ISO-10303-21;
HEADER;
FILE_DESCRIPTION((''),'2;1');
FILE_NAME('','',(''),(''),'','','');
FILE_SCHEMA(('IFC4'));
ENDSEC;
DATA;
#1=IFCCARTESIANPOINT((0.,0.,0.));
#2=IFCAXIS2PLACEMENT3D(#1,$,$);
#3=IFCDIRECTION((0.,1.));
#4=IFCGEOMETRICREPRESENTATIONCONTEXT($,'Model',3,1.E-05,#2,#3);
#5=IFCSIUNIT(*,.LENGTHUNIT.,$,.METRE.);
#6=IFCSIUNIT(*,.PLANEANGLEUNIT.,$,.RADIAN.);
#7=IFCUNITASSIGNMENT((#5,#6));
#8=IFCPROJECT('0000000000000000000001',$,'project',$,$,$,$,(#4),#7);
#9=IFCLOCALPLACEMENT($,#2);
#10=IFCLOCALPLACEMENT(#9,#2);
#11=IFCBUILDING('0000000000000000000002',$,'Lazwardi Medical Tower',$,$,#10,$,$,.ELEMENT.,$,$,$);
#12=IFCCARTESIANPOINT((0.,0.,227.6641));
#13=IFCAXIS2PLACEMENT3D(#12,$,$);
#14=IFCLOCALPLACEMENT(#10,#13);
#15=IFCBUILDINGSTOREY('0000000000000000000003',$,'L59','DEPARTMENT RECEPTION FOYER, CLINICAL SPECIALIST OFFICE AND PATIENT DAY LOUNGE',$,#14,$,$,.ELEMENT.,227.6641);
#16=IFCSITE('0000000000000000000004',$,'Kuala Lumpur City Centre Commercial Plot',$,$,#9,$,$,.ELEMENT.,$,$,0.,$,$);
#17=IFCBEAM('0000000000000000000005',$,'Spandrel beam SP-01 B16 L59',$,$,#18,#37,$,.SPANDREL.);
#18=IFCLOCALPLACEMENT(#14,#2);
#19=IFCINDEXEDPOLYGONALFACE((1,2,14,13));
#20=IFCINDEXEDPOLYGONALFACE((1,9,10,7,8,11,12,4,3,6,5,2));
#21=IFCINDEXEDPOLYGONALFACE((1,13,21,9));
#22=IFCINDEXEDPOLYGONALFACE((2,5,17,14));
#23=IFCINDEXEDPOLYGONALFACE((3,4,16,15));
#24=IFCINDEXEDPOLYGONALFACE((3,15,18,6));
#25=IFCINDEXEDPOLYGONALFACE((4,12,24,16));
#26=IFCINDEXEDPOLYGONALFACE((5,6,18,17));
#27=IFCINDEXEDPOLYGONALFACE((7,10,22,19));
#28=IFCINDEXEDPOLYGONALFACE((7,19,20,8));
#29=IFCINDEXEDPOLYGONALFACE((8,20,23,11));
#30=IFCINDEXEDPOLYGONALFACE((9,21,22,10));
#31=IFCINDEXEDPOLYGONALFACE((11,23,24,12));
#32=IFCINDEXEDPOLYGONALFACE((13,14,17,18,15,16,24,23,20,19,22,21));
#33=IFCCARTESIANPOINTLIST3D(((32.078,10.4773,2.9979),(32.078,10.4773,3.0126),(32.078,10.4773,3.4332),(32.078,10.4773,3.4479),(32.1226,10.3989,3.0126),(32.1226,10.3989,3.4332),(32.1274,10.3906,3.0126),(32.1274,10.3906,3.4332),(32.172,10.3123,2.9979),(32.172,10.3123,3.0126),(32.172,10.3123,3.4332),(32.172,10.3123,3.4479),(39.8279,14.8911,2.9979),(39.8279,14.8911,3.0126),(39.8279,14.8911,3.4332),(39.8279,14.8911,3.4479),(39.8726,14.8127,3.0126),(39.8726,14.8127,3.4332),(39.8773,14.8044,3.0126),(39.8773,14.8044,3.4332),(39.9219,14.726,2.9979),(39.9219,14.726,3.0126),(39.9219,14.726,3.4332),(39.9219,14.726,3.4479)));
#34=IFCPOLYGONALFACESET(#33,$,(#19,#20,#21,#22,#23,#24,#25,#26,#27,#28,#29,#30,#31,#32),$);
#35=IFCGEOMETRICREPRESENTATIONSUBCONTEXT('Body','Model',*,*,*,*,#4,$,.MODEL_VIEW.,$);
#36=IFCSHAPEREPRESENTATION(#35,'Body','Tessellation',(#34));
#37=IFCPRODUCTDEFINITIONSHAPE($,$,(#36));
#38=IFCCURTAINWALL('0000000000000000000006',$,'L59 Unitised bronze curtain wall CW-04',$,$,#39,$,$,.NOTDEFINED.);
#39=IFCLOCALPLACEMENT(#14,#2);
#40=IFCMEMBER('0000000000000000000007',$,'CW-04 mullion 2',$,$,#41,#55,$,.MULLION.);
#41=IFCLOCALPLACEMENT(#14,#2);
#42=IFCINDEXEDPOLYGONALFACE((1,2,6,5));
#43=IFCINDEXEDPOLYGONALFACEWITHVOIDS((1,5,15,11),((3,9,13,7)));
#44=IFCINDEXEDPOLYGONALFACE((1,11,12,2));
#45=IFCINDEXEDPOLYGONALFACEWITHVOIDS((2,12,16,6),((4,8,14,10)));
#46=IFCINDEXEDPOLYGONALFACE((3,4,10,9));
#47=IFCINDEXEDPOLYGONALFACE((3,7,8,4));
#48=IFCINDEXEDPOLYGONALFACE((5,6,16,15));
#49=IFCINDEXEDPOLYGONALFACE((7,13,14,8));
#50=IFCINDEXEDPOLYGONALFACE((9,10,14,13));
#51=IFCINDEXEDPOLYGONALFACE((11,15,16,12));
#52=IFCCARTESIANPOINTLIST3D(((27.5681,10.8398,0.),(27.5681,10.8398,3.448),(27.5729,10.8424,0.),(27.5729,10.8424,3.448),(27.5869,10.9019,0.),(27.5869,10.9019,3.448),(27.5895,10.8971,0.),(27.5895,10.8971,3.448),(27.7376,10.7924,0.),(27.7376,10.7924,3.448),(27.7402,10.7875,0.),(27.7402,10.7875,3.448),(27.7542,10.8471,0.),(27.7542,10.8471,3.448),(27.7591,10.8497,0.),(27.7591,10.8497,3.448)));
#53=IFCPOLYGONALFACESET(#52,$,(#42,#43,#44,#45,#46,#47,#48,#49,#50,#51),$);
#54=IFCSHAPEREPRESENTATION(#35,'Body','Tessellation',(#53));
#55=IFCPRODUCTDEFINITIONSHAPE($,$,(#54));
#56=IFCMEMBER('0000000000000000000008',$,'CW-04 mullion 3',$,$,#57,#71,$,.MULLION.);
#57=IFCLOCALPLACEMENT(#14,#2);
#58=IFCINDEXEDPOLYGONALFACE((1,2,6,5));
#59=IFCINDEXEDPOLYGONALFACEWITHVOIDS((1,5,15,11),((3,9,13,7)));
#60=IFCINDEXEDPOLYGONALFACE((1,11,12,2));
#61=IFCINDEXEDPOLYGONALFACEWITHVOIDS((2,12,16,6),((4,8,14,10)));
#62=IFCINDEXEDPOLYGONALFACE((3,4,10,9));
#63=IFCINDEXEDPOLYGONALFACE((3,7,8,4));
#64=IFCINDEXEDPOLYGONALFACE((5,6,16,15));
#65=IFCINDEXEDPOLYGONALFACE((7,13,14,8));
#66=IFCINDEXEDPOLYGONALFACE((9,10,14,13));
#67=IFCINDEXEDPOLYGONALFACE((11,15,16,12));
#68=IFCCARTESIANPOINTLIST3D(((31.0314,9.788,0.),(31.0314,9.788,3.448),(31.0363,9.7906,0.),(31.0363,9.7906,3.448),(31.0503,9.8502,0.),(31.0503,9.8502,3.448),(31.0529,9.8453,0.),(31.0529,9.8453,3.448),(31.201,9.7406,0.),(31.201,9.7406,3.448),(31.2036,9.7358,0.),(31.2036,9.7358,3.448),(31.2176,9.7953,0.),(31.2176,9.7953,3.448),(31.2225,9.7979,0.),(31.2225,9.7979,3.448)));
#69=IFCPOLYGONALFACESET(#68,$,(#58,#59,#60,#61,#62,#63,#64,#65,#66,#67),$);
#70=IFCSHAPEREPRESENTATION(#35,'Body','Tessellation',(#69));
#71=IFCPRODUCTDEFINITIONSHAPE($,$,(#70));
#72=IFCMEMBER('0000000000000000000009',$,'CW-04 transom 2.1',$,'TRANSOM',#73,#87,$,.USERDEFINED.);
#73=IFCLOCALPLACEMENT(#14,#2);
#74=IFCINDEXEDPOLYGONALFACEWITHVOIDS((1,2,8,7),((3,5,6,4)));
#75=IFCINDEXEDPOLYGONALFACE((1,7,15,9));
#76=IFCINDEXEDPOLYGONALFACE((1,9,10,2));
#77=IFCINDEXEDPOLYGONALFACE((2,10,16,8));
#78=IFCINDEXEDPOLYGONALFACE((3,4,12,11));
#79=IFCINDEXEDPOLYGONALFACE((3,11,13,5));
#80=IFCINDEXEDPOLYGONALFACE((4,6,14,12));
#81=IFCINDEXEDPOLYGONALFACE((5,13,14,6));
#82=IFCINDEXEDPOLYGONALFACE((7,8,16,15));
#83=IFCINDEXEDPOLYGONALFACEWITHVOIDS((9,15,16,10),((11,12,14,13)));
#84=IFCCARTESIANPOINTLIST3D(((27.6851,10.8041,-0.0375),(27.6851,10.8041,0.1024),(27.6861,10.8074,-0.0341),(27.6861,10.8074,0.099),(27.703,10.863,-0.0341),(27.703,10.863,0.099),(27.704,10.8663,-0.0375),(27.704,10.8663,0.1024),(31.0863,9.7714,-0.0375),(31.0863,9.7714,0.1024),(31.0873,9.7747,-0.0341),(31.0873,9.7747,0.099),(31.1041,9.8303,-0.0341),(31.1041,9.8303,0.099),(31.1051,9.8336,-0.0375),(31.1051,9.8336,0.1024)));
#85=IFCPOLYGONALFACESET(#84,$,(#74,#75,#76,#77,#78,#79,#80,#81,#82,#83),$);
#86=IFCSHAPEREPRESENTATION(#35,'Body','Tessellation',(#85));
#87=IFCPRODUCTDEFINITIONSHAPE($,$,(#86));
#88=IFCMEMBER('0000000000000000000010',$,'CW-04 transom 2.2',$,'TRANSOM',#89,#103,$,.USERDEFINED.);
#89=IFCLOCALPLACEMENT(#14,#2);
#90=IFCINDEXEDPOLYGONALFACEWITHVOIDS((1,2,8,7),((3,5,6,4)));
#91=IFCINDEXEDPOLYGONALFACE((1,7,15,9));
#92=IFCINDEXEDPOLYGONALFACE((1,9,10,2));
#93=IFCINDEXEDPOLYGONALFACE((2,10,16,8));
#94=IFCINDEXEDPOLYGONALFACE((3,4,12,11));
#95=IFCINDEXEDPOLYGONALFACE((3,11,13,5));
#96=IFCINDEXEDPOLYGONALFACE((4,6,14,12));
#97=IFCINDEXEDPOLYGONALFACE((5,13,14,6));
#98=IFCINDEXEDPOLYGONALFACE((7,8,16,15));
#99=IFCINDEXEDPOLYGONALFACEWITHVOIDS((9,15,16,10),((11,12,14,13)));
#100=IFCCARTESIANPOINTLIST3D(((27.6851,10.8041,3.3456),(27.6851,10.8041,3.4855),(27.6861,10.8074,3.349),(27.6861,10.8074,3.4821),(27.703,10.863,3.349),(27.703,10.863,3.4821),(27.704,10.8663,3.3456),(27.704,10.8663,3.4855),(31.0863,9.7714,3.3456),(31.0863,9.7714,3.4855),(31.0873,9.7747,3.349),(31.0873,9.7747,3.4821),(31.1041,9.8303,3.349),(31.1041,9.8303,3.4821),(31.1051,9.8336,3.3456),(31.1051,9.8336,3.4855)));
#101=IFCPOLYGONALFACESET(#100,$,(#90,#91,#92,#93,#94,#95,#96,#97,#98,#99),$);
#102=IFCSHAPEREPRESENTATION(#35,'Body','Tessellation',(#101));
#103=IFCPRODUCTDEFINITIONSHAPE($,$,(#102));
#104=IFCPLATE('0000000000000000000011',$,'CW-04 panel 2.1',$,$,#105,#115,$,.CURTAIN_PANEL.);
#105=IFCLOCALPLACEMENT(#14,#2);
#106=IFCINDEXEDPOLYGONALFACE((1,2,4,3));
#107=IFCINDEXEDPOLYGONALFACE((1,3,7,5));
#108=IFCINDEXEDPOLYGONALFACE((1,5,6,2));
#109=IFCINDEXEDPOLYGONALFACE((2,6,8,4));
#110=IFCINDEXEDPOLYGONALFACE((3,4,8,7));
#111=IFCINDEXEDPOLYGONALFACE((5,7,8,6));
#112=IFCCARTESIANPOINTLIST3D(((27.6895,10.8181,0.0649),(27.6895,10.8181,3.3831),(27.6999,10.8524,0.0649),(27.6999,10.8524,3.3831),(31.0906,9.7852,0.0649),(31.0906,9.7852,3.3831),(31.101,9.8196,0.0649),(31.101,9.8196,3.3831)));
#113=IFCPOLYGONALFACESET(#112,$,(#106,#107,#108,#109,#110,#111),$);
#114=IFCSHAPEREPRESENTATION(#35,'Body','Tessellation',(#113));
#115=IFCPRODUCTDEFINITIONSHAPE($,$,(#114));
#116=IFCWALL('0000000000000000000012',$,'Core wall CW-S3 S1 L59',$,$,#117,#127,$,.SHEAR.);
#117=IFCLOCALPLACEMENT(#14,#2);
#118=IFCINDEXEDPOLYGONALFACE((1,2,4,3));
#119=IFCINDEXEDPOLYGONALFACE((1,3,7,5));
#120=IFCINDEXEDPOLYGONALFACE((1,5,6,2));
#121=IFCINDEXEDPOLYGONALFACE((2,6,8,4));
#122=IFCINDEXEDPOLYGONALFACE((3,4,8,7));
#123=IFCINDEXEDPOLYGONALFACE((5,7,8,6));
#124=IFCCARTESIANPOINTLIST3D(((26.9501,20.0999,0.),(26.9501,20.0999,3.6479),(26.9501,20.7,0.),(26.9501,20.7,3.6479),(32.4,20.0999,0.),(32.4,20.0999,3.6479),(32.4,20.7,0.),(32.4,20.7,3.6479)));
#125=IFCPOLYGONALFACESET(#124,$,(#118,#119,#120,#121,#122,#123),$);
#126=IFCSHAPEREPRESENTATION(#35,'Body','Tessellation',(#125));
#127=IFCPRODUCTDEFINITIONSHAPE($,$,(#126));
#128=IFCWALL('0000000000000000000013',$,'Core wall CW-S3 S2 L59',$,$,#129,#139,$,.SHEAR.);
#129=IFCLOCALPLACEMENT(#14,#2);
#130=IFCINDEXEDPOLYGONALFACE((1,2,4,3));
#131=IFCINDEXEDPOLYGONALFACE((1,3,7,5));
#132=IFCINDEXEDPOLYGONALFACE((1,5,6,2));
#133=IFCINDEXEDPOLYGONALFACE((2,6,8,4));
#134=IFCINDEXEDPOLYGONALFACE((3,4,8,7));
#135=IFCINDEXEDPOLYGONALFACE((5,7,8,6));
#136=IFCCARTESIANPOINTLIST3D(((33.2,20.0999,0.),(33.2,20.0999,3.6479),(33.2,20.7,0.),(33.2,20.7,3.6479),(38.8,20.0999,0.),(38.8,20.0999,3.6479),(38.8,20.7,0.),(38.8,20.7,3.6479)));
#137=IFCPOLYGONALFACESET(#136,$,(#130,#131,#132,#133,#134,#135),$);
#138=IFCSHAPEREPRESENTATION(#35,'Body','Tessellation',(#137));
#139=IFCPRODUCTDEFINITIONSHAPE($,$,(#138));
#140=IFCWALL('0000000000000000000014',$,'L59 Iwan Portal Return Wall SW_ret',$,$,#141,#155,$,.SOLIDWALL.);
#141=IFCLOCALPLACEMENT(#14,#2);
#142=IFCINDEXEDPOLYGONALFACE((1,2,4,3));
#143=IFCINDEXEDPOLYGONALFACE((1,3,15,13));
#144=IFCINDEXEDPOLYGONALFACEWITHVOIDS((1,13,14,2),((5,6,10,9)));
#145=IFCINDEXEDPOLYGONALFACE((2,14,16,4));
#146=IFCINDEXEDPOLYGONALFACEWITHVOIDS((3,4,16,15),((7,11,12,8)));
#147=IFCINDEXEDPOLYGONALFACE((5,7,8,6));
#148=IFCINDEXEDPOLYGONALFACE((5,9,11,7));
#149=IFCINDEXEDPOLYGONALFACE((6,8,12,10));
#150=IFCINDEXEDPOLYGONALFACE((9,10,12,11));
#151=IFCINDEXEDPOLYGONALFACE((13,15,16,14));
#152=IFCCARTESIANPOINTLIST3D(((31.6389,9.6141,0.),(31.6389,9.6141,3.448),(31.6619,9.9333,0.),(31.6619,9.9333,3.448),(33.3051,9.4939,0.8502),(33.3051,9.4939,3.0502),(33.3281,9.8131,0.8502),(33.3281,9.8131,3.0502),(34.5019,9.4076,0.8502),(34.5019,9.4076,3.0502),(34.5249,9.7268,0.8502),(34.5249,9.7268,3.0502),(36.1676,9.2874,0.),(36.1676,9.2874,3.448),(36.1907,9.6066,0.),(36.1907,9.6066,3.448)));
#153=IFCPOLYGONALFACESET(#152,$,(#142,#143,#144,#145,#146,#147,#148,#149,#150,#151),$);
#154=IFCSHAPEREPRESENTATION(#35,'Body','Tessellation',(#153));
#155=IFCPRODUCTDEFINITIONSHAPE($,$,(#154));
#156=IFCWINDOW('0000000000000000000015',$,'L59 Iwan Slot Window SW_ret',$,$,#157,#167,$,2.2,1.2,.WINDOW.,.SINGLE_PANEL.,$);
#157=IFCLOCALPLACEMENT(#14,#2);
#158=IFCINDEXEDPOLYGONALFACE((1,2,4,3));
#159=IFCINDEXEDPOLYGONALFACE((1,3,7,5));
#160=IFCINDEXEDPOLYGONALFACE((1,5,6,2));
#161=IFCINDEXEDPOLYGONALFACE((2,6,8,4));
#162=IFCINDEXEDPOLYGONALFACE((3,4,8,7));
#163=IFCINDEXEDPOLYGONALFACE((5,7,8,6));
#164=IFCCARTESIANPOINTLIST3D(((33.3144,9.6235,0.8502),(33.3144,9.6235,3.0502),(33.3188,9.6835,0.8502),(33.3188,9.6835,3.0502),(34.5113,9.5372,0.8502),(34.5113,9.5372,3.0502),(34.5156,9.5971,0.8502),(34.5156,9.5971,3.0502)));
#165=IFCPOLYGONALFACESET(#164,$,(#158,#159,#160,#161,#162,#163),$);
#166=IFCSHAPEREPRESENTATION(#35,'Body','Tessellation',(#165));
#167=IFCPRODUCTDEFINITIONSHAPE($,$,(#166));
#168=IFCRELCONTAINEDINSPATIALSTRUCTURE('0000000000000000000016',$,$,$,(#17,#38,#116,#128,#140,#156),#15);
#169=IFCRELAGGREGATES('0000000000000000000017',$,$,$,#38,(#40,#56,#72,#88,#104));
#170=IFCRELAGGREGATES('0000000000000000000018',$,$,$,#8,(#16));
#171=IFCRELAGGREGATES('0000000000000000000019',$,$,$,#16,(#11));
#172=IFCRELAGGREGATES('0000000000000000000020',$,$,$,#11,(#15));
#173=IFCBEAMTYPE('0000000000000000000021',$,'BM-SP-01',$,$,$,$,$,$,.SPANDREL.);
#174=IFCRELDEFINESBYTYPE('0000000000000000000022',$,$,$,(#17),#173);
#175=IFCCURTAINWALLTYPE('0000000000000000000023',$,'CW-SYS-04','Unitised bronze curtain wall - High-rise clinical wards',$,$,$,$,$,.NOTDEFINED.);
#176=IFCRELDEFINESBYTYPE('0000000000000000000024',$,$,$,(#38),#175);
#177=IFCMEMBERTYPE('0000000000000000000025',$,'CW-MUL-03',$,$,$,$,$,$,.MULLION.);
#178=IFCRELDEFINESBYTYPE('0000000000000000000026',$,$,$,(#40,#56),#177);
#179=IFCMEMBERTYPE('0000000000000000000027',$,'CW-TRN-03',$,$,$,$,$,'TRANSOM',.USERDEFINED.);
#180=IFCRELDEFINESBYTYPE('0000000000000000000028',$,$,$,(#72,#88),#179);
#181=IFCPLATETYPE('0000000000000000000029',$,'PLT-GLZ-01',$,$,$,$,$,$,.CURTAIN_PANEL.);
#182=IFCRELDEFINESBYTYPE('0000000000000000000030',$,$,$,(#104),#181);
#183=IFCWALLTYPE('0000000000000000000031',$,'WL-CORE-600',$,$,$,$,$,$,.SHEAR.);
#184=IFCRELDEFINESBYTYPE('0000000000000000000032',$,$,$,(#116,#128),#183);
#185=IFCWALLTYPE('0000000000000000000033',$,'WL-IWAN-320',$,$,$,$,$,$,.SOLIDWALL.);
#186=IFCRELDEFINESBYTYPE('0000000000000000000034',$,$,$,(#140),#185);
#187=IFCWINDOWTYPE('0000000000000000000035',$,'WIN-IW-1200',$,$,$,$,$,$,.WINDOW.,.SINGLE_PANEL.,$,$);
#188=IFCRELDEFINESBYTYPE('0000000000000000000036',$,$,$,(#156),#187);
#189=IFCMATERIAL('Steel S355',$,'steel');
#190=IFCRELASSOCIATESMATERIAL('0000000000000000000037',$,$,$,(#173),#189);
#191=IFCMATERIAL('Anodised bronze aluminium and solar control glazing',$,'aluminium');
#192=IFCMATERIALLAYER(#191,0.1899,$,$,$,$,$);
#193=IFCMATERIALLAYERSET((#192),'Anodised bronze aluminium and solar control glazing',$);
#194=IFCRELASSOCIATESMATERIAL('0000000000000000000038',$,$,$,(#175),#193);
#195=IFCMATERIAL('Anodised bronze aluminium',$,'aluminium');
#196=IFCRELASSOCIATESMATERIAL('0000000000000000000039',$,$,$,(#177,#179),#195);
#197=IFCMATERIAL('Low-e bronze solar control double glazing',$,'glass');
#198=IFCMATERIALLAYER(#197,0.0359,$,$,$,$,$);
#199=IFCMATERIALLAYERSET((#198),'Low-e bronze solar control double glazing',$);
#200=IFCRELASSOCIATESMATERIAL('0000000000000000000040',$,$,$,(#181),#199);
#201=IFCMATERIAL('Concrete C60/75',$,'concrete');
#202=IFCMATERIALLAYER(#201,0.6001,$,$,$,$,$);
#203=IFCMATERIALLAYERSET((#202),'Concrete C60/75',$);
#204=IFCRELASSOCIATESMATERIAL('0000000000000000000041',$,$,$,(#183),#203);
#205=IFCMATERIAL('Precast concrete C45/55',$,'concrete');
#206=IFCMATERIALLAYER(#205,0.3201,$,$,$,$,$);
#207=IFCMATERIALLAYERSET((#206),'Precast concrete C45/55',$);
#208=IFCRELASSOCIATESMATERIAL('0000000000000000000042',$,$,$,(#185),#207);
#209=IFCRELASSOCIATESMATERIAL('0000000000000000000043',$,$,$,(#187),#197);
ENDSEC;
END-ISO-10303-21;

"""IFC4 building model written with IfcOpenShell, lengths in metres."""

from ifc_helpers import new_model, si_unit, direction, frame, frame_2d, origin, origin_2d, place, context, subcontext, project, spatial, rectangle, hollow_rectangle, i_section, extrude, material, layer, layer_set, material_profile, profile_set, type_object, element, fill, aggregate, save


model = new_model("IFC4")

# Units and contexts
model_context = context("Model", 3, precision=1e-05, world=origin(), true_north=direction((0.0, 1.0)))
body_context = subcontext(model_context, "Body", "Model", "MODEL_VIEW")
ifc_project = project(units=[si_unit("LENGTHUNIT", "METRE"), si_unit("PLANEANGLEUNIT", "RADIAN")], contexts=[model_context])

# Site, building, storey
site_placement = place(None, origin())
site = spatial("IfcSite", under=ifc_project, at=site_placement, Name="Kuala Lumpur City Centre Commercial Plot", CompositionType="ELEMENT", RefElevation=0.0)
building_placement = place(site_placement, origin())
building = spatial("IfcBuilding", under=site, at=building_placement, Name="Lazwardi Medical Tower", CompositionType="ELEMENT")
storey_placement = place(building_placement, frame((0.0, 0.0, 227.6641)))
storey = spatial("IfcBuildingStorey", under=building, at=storey_placement, Name="L59", Description="DEPARTMENT RECEPTION FOYER, CLINICAL SPECIALIST OFFICE AND PATIENT DAY LOUNGE", CompositionType="ELEMENT", Elevation=227.6641)

# Shared definitions
ifc_material_1 = material(Name="Concrete C60/75", Category="concrete")

# Beam
ifc_material_2 = material(Name="Steel S355", Category="steel")
ifc_material_profile_1 = material_profile(ifc_material_2, i_section(OverallWidth=0.1899, OverallDepth=0.45, WebThickness=0.0095, FlangeThickness=0.0146, at=origin_2d()), Name="IPE 450")
ifc_profile_set_1 = profile_set([ifc_material_profile_1], Name="Steel S355")
beam_type_1 = type_object("IfcBeamType", Name="BM-SP-01", PredefinedType="SPANDREL", material=ifc_profile_set_1)
beam_1_placement = place(storey_placement, frame((32.125, 10.3948, 3.2229), z_axis=(0.868955, 0.494891, 0.0), x_axis=(-0.494891, 0.868955, 0.0)))
element("IfcBeam", 1, at=beam_1_placement, inside=storey, type_object=beam_type_1, Name="Spandrel beam SP-01 B16 L59", PredefinedType="SPANDREL", context=body_context, shape_type="SweptSolid", body=[
    extrude(i_section(OverallWidth=0.1899, OverallDepth=0.45, WebThickness=0.0095, FlangeThickness=0.0146, at=origin_2d()), origin(), (0.0, 0.0, 1.0), 8.9187),
])

# Curtain wall, members, plate
ifc_material_3 = material(Name="Anodised bronze aluminium and solar control glazing", Category="aluminium")
ifc_layer_1 = layer(ifc_material_3, 0.1899)
ifc_layer_set_1 = layer_set([ifc_layer_1], Name="Anodised bronze aluminium and solar control glazing")
curtain_wall_type = type_object("IfcCurtainWallType", Name="CW-SYS-04", Description="Unitised bronze curtain wall - High-rise clinical wards", PredefinedType="NOTDEFINED", material=ifc_layer_set_1)
curtain_wall_placement = place(storey_placement, origin())
curtain_wall = element("IfcCurtainWall", 2, at=curtain_wall_placement, inside=storey, type_object=curtain_wall_type, Name="L59 Unitised bronze curtain wall CW-04", PredefinedType="NOTDEFINED")
ifc_material_4 = material(Name="Anodised bronze aluminium", Category="aluminium")
ifc_material_profile_2 = material_profile(ifc_material_4, hollow_rectangle(XDim=0.0649, YDim=0.1799, WallThickness=0.0039, at=origin_2d()), Name="ALU-MULLION 180x65x4")
ifc_profile_set_2 = profile_set([ifc_material_profile_2], Name="Anodised bronze aluminium")
member_type_1 = type_object("IfcMemberType", Name="CW-MUL-03", PredefinedType="MULLION", material=ifc_profile_set_2)
member_1_placement = place(storey_placement, frame((27.6636, 10.8447, 0.0), z_axis=(0.0, 0.0, 1.0), x_axis=(0.290582, 0.95685, 0.0)))
member_1 = element("IfcMember", 3, at=member_1_placement, type_object=member_type_1, Name="CW-04 mullion 2", PredefinedType="MULLION", context=body_context, shape_type="SweptSolid", body=[
    extrude(hollow_rectangle(XDim=0.0649, YDim=0.1799, WallThickness=0.0039, at=origin_2d()), origin(), (0.0, 0.0, 1.0), 3.448),
])
member_2_placement = place(storey_placement, frame((31.127, 9.793, 0.0), z_axis=(0.0, 0.0, 1.0), x_axis=(0.290582, 0.95685, 0.0)))
member_2 = element("IfcMember", 4, at=member_2_placement, type_object=member_type_1, Name="CW-04 mullion 3", PredefinedType="MULLION", context=body_context, shape_type="SweptSolid", body=[
    extrude(hollow_rectangle(XDim=0.0649, YDim=0.1799, WallThickness=0.0039, at=origin_2d()), origin(), (0.0, 0.0, 1.0), 3.448),
])
ifc_material_profile_3 = material_profile(ifc_material_4, hollow_rectangle(XDim=0.0649, YDim=0.1399, WallThickness=0.0034, at=origin_2d()), Name="ALU-TRANSOM 140x65x3.5")
ifc_profile_set_3 = profile_set([ifc_material_profile_3], Name="Anodised bronze aluminium")
member_type_2 = type_object("IfcMemberType", Name="CW-TRN-03", ElementType="TRANSOM", PredefinedType="USERDEFINED", material=ifc_profile_set_3)
member_3_placement = place(storey_placement, frame((27.6946, 10.8352, 0.0325), z_axis=(0.956863, -0.290541, 0.0), x_axis=(0.290541, 0.956863, 0.0)))
member_3 = element("IfcMember", 5, at=member_3_placement, type_object=member_type_2, Name="CW-04 transom 2.1", ObjectType="TRANSOM", PredefinedType="USERDEFINED", context=body_context, shape_type="SweptSolid", body=[
    extrude(hollow_rectangle(XDim=0.0649, YDim=0.1399, WallThickness=0.0034, at=origin_2d()), origin(), (0.0, 0.0, 1.0), 3.5544),
])
member_4_placement = place(storey_placement, frame((27.6946, 10.8352, 3.4155), z_axis=(0.956863, -0.290541, 0.0), x_axis=(0.290541, 0.956863, 0.0)))
member_4 = element("IfcMember", 6, at=member_4_placement, type_object=member_type_2, Name="CW-04 transom 2.2", ObjectType="TRANSOM", PredefinedType="USERDEFINED", context=body_context, shape_type="SweptSolid", body=[
    extrude(hollow_rectangle(XDim=0.0649, YDim=0.1399, WallThickness=0.0034, at=origin_2d()), origin(), (0.0, 0.0, 1.0), 3.5544),
])
ifc_material_5 = material(Name="Low-e bronze solar control double glazing", Category="glass")
ifc_layer_2 = layer(ifc_material_5, 0.0359)
ifc_layer_set_2 = layer_set([ifc_layer_2], Name="Low-e bronze solar control double glazing")
plate_type = type_object("IfcPlateType", Name="PLT-GLZ-01", PredefinedType="CURTAIN_PANEL", material=ifc_layer_set_2)
plate_placement = place(storey_placement, frame((29.3953, 10.3188, 0.0649), z_axis=(0.0, 0.0, 1.0), x_axis=(0.95685, -0.290582, 0.0)))
plate = element("IfcPlate", 7, at=plate_placement, type_object=plate_type, Name="CW-04 panel 2.1", PredefinedType="CURTAIN_PANEL", context=body_context, shape_type="SweptSolid", body=[
    extrude(rectangle(XDim=3.5544, YDim=0.0359, at=origin_2d()), origin(), (0.0, 0.0, 1.0), 3.3181),
])
aggregate(curtain_wall, [member_1, member_2, member_3, member_4, plate])

# Shared definitions
ifc_layer_3 = layer(ifc_material_1, 0.6001)
ifc_layer_set_3 = layer_set([ifc_layer_3], Name="Concrete C60/75")
wall_type_1 = type_object("IfcWallType", Name="WL-CORE-600", PredefinedType="SHEAR", material=ifc_layer_set_3)

# Walls
wall_1_placement = place(storey_placement, frame((26.95, 20.3999, 0.0), z_axis=(0.0, 0.0, 1.0), x_axis=(1.0, 0.0, 0.0)))
element("IfcWall", 8, at=wall_1_placement, inside=storey, type_object=wall_type_1, Name="Core wall CW-S3 S1 L59", PredefinedType="SHEAR", context=body_context, shape_type="SweptSolid", body=[
    extrude(rectangle(XDim=5.45, YDim=0.6001, at=frame_2d((2.7251, 0.0))), origin(), (0.0, 0.0, 1.0), 3.6479),
])
wall_2_placement = place(storey_placement, frame((33.2, 20.3999, 0.0), z_axis=(0.0, 0.0, 1.0), x_axis=(1.0, 0.0, 0.0)))
element("IfcWall", 9, at=wall_2_placement, inside=storey, type_object=wall_type_1, Name="Core wall CW-S3 S2 L59", PredefinedType="SHEAR", context=body_context, shape_type="SweptSolid", body=[
    extrude(rectangle(XDim=5.6001, YDim=0.6001, at=frame_2d((2.8, 0.0))), origin(), (0.0, 0.0, 1.0), 3.6479),
])

# Wall, opening, window
ifc_material_6 = material(Name="Precast concrete C45/55", Category="concrete")
ifc_layer_4 = layer(ifc_material_6, 0.3201)
ifc_layer_set_4 = layer_set([ifc_layer_4], Name="Precast concrete C45/55")
wall_type_2 = type_object("IfcWallType", Name="WL-IWAN-320", PredefinedType="SOLIDWALL", material=ifc_layer_set_4)
wall_3_placement = place(storey_placement, frame((31.6504, 9.7737, 0.0), z_axis=(0.0, 0.0, 1.0), x_axis=(0.997409, -0.071942, 0.0)))
wall_3 = element("IfcWall", 10, at=wall_3_placement, inside=storey, type_object=wall_type_2, Name="L59 Iwan Portal Return Wall SW_ret", PredefinedType="SOLIDWALL", context=body_context, shape_type="SweptSolid", body=[
    extrude(rectangle(XDim=4.5405, YDim=0.3201, at=frame_2d((2.2703, 0.0))), origin(), (0.0, 0.0, 1.0), 3.448),
])
opening_1_placement = place(wall_3_placement, frame((1.6704, 0.0, 0.8501)))
opening_1 = element("IfcOpeningElement", 11, at=opening_1_placement, cuts=wall_3, PredefinedType="OPENING", context=body_context, shape_type="SweptSolid", body=[
    extrude(rectangle(XDim=1.2, YDim=2.2, at=frame_2d((0.6001, 1.1001))), frame((0.0, 0.1699, 0.0), z_axis=(0.0, -1.0, 0.0), x_axis=(1.0, 0.0, 0.0)), (0.0, 0.0, 1.0), 0.3401),
])
window_type = type_object("IfcWindowType", Name="WIN-IW-1200", PartitioningType="SINGLE_PANEL", PredefinedType="WINDOW", material=ifc_material_5)
window_placement = place(opening_1_placement, origin())
window = element("IfcWindow", 12, at=window_placement, inside=storey, type_object=window_type, Name="L59 Iwan Slot Window SW_ret", OverallHeight=2.2, OverallWidth=1.2, PartitioningType="SINGLE_PANEL", PredefinedType="WINDOW", context=body_context, shape_type="SweptSolid", body=[
    extrude(rectangle(XDim=1.2, YDim=2.2, at=frame_2d((0.6001, 1.1001))), frame((0.0, 0.03, 0.0), z_axis=(0.0, -1.0, 0.0), x_axis=(1.0, 0.0, 0.0)), (0.0, 0.0, 1.0), 0.0601),
])
fill(opening_1, window)

save(model, "model.ifc")
